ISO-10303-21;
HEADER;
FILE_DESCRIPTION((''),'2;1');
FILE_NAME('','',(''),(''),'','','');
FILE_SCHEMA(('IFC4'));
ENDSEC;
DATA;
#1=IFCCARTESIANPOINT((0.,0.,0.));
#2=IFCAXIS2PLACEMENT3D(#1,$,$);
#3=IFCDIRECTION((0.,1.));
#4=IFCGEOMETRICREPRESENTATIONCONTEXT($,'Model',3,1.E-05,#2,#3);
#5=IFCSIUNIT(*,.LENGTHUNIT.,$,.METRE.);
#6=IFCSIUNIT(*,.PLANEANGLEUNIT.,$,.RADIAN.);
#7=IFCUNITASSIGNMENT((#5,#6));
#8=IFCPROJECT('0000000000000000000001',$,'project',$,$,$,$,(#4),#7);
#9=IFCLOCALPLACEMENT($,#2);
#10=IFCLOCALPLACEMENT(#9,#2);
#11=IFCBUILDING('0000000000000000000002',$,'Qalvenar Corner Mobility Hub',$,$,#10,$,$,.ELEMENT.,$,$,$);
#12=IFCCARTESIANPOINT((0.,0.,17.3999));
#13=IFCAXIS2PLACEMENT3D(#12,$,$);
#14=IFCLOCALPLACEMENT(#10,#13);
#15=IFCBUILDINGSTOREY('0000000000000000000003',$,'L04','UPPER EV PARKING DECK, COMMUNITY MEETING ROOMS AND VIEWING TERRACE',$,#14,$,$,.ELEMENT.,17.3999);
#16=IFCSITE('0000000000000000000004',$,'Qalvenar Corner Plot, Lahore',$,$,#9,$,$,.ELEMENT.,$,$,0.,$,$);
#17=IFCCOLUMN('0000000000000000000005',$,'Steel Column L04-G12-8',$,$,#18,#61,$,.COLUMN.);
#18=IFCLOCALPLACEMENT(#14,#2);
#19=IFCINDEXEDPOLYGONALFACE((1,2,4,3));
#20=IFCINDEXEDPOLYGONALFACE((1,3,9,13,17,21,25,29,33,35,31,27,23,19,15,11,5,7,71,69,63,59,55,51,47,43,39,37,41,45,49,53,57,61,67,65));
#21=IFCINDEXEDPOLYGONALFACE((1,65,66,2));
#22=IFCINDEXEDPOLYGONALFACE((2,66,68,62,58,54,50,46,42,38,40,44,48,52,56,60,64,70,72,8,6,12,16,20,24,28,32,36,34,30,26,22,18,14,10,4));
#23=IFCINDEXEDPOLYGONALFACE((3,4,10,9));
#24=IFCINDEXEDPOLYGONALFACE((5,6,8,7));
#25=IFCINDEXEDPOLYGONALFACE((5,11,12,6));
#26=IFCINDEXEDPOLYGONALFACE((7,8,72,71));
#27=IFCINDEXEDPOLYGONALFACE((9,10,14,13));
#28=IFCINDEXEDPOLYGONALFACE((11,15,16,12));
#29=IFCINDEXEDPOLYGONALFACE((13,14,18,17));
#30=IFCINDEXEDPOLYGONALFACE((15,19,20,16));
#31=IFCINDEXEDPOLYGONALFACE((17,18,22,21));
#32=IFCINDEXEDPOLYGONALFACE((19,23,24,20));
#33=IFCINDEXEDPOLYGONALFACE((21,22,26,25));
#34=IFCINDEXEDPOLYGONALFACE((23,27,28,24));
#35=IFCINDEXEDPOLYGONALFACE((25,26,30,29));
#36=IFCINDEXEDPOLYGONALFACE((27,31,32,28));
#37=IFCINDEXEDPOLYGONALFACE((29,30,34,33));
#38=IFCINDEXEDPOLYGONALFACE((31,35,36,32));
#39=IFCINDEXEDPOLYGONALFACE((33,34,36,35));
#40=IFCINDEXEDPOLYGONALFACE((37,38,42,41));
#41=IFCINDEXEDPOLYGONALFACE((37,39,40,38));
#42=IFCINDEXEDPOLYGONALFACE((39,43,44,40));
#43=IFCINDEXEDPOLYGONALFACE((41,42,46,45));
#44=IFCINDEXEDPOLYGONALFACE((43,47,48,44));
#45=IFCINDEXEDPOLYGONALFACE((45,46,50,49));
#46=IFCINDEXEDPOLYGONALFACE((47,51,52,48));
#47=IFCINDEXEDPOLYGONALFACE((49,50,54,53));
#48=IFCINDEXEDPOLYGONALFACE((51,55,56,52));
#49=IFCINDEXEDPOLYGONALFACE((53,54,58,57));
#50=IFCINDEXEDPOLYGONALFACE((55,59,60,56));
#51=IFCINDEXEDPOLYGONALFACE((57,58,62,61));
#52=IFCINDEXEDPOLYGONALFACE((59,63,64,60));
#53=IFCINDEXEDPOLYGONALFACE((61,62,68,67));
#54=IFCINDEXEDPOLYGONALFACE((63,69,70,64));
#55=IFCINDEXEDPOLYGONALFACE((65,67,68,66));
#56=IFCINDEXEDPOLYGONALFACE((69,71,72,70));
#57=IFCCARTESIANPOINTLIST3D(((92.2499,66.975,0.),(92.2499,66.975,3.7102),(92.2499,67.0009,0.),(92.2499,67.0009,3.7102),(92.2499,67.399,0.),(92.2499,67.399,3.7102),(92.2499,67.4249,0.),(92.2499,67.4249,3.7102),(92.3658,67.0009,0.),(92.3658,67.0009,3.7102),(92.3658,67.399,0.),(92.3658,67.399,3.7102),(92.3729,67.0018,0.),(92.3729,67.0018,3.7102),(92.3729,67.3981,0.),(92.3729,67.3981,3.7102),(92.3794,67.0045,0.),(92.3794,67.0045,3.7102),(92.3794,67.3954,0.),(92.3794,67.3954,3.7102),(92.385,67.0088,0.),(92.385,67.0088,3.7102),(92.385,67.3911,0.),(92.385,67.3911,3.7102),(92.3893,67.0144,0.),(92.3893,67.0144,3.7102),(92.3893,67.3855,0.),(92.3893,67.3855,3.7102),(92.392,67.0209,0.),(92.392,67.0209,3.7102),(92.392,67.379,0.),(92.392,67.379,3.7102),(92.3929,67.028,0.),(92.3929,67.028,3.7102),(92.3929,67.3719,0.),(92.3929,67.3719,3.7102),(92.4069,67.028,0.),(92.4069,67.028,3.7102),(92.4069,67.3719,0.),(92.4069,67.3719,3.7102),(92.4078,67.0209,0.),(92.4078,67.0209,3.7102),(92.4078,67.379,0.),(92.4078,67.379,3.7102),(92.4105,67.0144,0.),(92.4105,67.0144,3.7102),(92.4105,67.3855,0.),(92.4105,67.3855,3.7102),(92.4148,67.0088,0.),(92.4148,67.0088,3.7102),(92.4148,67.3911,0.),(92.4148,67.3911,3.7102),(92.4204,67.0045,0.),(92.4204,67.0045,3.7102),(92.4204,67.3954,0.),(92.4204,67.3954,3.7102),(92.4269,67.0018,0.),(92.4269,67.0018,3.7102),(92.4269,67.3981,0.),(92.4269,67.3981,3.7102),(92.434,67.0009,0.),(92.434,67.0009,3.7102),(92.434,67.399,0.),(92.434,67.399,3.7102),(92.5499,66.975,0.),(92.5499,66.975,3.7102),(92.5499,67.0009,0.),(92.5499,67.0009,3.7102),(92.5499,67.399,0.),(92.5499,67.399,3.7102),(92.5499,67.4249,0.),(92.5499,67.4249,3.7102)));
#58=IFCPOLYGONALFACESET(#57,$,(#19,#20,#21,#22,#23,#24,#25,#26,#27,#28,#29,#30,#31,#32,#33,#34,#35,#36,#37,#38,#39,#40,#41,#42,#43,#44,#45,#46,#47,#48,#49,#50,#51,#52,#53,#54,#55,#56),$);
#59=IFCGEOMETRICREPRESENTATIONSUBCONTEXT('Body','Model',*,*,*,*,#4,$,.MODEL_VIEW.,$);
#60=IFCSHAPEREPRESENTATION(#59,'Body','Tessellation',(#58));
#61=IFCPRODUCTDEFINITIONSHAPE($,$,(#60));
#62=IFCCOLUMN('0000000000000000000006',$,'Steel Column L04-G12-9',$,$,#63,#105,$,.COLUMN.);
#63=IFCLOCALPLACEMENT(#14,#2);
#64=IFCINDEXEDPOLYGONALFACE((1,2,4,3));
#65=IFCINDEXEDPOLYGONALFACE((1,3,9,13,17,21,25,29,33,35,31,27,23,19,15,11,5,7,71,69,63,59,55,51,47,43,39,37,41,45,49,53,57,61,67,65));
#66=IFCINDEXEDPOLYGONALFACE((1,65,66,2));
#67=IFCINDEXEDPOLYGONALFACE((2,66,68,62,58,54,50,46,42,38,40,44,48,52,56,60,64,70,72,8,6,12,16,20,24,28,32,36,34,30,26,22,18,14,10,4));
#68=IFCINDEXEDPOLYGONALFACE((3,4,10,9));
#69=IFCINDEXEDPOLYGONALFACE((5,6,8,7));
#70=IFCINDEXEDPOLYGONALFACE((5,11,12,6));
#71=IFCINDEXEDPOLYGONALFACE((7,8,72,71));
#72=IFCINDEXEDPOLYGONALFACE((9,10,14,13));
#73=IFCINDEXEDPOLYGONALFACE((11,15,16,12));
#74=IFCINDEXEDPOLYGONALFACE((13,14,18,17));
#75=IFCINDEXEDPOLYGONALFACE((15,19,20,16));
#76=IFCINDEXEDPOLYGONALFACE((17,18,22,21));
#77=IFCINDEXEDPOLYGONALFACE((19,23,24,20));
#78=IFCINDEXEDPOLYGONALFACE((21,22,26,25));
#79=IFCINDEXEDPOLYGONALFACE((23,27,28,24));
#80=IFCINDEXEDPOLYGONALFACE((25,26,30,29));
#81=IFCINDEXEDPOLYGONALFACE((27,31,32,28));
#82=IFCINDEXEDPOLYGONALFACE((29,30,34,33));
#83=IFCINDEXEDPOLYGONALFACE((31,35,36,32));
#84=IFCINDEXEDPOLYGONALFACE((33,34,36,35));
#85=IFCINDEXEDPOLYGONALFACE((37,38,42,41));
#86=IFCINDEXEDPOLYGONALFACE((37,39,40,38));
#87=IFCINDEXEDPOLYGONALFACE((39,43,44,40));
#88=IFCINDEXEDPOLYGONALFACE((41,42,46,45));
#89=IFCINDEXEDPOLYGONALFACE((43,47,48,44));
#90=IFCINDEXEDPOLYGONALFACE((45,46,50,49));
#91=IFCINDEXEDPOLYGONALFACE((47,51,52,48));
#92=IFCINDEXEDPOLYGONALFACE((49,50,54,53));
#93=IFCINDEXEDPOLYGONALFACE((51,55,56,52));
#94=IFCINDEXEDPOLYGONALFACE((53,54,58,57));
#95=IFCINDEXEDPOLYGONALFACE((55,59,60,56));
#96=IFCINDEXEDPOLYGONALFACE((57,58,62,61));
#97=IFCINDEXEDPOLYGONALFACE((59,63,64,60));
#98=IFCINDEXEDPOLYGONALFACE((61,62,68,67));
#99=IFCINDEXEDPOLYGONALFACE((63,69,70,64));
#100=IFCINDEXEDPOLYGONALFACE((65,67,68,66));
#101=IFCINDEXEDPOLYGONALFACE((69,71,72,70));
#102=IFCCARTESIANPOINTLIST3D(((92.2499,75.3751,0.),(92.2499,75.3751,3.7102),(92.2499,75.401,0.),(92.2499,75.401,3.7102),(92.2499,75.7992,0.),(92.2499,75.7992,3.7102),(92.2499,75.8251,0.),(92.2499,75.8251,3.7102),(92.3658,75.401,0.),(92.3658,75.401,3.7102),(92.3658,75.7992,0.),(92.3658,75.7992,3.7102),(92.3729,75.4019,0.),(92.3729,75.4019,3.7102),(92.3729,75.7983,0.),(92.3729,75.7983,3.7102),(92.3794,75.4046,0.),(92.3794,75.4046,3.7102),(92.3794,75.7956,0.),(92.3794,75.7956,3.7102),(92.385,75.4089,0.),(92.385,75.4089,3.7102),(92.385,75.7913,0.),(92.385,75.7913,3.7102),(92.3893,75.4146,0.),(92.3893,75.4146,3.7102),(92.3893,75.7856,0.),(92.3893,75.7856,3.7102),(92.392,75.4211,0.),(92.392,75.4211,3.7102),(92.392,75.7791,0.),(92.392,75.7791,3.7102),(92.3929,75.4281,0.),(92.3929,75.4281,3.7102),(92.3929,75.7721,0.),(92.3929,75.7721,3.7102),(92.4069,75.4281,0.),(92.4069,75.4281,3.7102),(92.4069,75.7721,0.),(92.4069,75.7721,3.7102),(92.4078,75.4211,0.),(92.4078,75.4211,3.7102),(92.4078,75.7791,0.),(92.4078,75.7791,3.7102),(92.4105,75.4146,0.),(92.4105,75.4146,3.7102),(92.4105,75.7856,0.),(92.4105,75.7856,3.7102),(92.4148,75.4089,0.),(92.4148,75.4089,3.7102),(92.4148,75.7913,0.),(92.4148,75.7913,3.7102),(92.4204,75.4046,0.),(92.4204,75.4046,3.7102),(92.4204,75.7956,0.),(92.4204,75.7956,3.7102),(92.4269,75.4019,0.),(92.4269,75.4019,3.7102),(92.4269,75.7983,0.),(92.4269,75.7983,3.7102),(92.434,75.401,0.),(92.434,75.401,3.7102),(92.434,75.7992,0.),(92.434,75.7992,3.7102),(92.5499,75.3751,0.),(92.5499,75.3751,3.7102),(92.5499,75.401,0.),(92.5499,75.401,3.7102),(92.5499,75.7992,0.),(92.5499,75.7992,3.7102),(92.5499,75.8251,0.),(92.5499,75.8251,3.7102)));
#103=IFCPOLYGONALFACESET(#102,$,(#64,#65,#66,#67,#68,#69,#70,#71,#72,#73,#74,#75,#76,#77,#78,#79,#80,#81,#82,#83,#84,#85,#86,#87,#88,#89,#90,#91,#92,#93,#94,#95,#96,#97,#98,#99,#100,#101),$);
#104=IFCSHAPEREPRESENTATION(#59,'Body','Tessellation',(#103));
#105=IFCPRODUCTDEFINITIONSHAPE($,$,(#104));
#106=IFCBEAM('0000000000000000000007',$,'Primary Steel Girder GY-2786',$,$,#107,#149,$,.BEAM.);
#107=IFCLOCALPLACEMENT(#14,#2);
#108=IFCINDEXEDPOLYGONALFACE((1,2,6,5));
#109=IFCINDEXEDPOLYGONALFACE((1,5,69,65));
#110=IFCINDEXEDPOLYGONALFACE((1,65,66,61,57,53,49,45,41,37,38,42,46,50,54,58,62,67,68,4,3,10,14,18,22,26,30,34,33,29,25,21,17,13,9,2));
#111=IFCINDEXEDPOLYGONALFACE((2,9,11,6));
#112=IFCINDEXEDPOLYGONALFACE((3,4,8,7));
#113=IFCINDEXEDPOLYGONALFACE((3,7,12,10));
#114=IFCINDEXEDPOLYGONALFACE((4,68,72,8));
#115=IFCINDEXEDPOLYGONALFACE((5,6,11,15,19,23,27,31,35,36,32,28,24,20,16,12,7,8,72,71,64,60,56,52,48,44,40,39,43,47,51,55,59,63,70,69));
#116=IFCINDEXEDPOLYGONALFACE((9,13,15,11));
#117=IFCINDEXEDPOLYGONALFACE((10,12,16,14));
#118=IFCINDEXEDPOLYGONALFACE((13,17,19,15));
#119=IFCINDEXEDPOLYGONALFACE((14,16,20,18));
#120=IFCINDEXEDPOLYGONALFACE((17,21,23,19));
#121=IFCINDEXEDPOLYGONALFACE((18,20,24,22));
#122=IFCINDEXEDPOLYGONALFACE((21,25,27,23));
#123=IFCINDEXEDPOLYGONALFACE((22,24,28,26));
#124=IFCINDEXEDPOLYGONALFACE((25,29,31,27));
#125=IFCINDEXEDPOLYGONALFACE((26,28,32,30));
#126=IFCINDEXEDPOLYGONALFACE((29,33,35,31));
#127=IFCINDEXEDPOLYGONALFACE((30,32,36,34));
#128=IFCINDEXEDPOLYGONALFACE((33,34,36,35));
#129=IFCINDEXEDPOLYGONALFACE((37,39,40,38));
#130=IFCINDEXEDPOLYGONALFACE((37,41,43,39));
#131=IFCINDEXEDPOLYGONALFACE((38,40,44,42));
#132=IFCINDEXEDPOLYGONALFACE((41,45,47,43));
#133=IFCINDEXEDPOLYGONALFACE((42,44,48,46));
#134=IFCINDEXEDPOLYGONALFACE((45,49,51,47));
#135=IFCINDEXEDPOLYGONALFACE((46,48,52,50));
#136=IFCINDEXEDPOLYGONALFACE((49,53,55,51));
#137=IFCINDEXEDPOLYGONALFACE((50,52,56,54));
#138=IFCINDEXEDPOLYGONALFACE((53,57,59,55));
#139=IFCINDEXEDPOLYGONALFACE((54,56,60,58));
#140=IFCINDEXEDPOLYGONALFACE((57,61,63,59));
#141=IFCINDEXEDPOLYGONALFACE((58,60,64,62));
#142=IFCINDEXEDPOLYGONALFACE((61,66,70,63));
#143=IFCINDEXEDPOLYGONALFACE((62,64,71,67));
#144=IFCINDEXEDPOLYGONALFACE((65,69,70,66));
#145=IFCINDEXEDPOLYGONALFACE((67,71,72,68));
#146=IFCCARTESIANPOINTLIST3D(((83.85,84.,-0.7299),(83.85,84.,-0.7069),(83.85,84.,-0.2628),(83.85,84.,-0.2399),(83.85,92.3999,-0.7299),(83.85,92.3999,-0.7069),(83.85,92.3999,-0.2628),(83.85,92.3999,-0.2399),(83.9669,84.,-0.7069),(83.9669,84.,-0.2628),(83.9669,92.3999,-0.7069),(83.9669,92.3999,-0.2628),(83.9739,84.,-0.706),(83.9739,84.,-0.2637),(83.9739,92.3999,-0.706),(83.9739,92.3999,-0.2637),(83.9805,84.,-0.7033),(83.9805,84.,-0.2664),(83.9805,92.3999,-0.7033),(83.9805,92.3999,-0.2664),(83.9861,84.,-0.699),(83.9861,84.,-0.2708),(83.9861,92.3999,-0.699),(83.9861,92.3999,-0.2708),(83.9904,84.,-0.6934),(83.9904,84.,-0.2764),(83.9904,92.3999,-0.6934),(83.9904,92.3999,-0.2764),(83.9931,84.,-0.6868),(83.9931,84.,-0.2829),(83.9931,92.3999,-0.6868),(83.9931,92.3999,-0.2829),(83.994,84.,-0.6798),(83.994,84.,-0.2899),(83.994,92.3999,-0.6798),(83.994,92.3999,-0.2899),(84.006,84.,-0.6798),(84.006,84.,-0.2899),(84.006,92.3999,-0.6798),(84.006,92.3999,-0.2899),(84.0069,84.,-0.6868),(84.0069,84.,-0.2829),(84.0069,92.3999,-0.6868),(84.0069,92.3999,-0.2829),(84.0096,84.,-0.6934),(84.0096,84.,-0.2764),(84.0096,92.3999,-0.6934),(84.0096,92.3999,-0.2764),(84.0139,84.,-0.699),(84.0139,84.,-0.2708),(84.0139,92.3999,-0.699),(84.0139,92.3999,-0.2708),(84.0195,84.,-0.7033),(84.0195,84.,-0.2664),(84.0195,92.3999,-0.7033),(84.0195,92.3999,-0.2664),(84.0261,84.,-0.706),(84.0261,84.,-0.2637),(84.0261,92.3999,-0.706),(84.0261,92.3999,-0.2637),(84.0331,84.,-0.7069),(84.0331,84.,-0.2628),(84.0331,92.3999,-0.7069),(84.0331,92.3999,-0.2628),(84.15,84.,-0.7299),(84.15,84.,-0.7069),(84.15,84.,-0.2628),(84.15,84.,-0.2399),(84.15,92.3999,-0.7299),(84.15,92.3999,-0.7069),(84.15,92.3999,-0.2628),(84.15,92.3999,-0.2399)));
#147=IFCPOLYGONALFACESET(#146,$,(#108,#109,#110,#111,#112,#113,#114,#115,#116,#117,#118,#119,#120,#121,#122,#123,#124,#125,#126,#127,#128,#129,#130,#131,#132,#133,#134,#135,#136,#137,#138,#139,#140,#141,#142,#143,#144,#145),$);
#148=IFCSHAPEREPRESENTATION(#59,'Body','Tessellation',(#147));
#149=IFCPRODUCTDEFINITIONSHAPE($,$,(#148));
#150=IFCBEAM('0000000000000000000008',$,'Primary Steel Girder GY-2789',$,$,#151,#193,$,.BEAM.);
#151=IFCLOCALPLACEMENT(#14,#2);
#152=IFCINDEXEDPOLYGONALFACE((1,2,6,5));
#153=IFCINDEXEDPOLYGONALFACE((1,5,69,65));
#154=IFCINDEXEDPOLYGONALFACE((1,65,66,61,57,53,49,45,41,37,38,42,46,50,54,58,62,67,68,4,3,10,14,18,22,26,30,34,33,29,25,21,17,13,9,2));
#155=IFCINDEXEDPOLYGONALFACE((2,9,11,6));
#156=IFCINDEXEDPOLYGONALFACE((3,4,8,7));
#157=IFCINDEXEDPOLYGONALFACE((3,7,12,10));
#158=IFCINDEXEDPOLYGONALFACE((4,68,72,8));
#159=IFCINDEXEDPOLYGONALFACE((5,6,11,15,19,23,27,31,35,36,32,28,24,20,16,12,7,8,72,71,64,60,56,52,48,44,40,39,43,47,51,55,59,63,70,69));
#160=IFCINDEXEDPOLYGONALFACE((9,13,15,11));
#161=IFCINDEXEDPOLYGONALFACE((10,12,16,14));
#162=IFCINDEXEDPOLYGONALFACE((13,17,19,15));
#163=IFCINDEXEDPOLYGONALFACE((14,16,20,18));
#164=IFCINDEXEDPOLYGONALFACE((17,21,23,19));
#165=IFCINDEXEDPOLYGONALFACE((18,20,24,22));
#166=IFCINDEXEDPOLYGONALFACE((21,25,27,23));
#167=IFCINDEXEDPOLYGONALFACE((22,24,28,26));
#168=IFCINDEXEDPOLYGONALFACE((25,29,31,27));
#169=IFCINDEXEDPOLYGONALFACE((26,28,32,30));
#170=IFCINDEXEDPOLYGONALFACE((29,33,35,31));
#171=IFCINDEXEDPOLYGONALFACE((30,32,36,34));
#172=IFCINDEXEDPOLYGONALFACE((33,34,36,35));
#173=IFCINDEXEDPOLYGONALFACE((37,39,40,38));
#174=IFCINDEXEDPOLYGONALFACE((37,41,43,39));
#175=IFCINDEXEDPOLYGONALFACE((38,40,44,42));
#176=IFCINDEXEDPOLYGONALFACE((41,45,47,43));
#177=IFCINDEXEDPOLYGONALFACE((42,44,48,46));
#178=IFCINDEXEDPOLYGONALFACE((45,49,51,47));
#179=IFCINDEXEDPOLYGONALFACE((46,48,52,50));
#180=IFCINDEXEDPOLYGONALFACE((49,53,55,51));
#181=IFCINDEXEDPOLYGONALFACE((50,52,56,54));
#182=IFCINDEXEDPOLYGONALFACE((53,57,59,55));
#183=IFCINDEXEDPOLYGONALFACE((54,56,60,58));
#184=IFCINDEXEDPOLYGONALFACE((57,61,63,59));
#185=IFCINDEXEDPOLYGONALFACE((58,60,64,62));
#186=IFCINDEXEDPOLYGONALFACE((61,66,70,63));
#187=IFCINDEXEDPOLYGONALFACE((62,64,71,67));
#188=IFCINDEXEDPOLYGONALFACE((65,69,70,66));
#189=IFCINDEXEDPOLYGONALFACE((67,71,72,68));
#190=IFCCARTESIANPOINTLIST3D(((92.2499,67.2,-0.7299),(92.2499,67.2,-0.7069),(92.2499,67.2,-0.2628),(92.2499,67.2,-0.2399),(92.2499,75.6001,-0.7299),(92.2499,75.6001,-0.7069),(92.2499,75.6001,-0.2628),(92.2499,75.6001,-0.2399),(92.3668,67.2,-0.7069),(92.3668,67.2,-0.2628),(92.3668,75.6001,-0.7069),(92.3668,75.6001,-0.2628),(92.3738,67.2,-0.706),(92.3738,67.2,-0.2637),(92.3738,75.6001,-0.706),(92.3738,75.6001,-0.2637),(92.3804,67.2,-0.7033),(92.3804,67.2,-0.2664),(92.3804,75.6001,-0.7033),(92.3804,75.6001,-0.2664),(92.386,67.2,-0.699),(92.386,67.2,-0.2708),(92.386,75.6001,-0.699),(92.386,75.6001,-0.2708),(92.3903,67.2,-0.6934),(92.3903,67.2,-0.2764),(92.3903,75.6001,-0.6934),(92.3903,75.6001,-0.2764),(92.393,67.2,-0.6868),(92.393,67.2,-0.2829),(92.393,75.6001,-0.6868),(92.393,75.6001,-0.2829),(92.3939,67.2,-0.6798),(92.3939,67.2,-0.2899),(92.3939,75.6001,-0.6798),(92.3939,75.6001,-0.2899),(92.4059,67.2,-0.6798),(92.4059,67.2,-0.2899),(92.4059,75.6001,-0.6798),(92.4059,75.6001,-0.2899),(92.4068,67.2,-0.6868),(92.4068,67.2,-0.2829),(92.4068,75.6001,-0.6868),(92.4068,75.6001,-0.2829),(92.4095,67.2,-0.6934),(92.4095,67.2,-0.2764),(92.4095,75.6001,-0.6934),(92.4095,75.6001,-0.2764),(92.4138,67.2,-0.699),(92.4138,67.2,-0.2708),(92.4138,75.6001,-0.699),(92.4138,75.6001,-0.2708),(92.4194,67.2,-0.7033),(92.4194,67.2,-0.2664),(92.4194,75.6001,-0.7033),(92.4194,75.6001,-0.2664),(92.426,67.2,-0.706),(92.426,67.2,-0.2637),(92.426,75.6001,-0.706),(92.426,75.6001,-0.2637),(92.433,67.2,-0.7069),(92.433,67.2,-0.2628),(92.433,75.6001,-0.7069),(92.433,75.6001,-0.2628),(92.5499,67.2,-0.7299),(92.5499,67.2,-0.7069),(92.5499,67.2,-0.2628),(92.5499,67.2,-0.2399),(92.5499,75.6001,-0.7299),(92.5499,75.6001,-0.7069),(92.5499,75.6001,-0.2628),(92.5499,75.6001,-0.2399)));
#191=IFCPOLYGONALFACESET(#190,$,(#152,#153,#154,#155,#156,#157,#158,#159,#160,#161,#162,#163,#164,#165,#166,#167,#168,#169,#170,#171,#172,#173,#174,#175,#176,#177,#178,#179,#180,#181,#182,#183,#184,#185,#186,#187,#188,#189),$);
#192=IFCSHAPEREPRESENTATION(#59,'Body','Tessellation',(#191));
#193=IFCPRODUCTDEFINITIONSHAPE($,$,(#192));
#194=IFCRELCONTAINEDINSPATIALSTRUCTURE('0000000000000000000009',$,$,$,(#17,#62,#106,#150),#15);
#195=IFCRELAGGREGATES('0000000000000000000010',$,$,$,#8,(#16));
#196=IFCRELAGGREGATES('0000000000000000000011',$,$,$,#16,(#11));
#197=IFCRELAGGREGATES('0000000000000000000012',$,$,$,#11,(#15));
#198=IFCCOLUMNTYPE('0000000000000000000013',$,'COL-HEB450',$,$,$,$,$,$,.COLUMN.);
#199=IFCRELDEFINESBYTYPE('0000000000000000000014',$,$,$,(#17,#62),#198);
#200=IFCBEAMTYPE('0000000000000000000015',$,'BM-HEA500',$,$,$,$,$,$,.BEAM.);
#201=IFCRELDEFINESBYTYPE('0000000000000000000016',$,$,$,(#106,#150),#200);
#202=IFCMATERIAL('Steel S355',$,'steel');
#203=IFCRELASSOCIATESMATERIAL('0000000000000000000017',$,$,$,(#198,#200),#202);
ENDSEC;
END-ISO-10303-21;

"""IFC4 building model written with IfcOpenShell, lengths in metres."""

from ifc_helpers import new_model, si_unit, direction, frame, origin, origin_2d, place, context, subcontext, project, spatial, i_section, extrude, material, material_profile, profile_set, type_object, element, save


model = new_model("IFC4")

# Units and contexts
model_context = context("Model", 3, precision=1e-05, world=origin(), true_north=direction((0.0, 1.0)))
body_context = subcontext(model_context, "Body", "Model", "MODEL_VIEW")
ifc_project = project(units=[si_unit("LENGTHUNIT", "METRE"), si_unit("PLANEANGLEUNIT", "RADIAN")], contexts=[model_context])

# Site, building, storey
site_placement = place(None, origin())
site = spatial("IfcSite", under=ifc_project, at=site_placement, Name="Qalvenar Corner Plot, Lahore", CompositionType="ELEMENT", RefElevation=0.0)
building_placement = place(site_placement, origin())
building = spatial("IfcBuilding", under=site, at=building_placement, Name="Qalvenar Corner Mobility Hub", CompositionType="ELEMENT")
storey_placement = place(building_placement, frame((0.0, 0.0, 17.3999)))
storey = spatial("IfcBuildingStorey", under=building, at=storey_placement, Name="L04", Description="UPPER EV PARKING DECK, COMMUNITY MEETING ROOMS AND VIEWING TERRACE", CompositionType="ELEMENT", Elevation=17.3999)

# Columns
ifc_material = material(Name="Steel S355", Category="steel")
ifc_material_profile_1 = material_profile(ifc_material, i_section(OverallWidth=0.3, OverallDepth=0.45, WebThickness=0.0139, FlangeThickness=0.0259, FilletRadius=0.0271, at=origin_2d()), Name="HEB450")
ifc_profile_set_1 = profile_set([ifc_material_profile_1], Name="Steel S355")
column_type = type_object("IfcColumnType", Name="COL-HEB450", PredefinedType="COLUMN", material=ifc_profile_set_1)
for number, where, z_axis, x_axis, name in (
    (1, (92.3999, 67.2, 0.0), (0.0, 0.0, 1.0), (1.0, 0.0, 0.0), "Steel Column L04-G12-8"),
    (2, (92.3999, 75.6001, 0.0), (0.0, 0.0, 1.0), (1.0, 0.0, 0.0), "Steel Column L04-G12-9"),
):
    element("IfcColumn", number, at=place(storey_placement, frame(where, z_axis=z_axis, x_axis=x_axis)), inside=storey, type_object=column_type, Name=name, PredefinedType="COLUMN", context=body_context, shape_type="SweptSolid", body=[
        extrude(i_section(OverallWidth=0.3, OverallDepth=0.45, WebThickness=0.0139, FlangeThickness=0.0259, FilletRadius=0.0271, at=origin_2d()), origin(), (0.0, 0.0, 1.0), 3.7102),
    ])

# Beams
ifc_material_profile_2 = material_profile(ifc_material, i_section(OverallWidth=0.3, OverallDepth=0.49, WebThickness=0.012, FlangeThickness=0.0229, FilletRadius=0.0271, at=origin_2d()), Name="HEA500")
ifc_profile_set_2 = profile_set([ifc_material_profile_2], Name="Steel S355")
beam_type_1 = type_object("IfcBeamType", Name="BM-HEA500", PredefinedType="BEAM", material=ifc_profile_set_2)
beam_1_placement = place(storey_placement, frame((84.0, 84.0, -0.4849), z_axis=(0.0, 1.0, 0.0), x_axis=(-1.0, 0.0, 0.0)))
element("IfcBeam", 3, at=beam_1_placement, inside=storey, type_object=beam_type_1, Name="Primary Steel Girder GY-2786", PredefinedType="BEAM", context=body_context, shape_type="SweptSolid", body=[
    extrude(i_section(OverallWidth=0.3, OverallDepth=0.49, WebThickness=0.012, FlangeThickness=0.0229, FilletRadius=0.0271, at=origin_2d()), origin(), (0.0, 0.0, 1.0), 8.3999),
])
beam_2_placement = place(storey_placement, frame((92.3999, 67.2, -0.4849), z_axis=(0.0, 1.0, 0.0), x_axis=(-1.0, 0.0, 0.0)))
element("IfcBeam", 4, at=beam_2_placement, inside=storey, type_object=beam_type_1, Name="Primary Steel Girder GY-2789", PredefinedType="BEAM", context=body_context, shape_type="SweptSolid", body=[
    extrude(i_section(OverallWidth=0.3, OverallDepth=0.49, WebThickness=0.012, FlangeThickness=0.0229, FilletRadius=0.0271, at=origin_2d()), origin(), (0.0, 0.0, 1.0), 8.4001),
])

save(model, "model.ifc")
